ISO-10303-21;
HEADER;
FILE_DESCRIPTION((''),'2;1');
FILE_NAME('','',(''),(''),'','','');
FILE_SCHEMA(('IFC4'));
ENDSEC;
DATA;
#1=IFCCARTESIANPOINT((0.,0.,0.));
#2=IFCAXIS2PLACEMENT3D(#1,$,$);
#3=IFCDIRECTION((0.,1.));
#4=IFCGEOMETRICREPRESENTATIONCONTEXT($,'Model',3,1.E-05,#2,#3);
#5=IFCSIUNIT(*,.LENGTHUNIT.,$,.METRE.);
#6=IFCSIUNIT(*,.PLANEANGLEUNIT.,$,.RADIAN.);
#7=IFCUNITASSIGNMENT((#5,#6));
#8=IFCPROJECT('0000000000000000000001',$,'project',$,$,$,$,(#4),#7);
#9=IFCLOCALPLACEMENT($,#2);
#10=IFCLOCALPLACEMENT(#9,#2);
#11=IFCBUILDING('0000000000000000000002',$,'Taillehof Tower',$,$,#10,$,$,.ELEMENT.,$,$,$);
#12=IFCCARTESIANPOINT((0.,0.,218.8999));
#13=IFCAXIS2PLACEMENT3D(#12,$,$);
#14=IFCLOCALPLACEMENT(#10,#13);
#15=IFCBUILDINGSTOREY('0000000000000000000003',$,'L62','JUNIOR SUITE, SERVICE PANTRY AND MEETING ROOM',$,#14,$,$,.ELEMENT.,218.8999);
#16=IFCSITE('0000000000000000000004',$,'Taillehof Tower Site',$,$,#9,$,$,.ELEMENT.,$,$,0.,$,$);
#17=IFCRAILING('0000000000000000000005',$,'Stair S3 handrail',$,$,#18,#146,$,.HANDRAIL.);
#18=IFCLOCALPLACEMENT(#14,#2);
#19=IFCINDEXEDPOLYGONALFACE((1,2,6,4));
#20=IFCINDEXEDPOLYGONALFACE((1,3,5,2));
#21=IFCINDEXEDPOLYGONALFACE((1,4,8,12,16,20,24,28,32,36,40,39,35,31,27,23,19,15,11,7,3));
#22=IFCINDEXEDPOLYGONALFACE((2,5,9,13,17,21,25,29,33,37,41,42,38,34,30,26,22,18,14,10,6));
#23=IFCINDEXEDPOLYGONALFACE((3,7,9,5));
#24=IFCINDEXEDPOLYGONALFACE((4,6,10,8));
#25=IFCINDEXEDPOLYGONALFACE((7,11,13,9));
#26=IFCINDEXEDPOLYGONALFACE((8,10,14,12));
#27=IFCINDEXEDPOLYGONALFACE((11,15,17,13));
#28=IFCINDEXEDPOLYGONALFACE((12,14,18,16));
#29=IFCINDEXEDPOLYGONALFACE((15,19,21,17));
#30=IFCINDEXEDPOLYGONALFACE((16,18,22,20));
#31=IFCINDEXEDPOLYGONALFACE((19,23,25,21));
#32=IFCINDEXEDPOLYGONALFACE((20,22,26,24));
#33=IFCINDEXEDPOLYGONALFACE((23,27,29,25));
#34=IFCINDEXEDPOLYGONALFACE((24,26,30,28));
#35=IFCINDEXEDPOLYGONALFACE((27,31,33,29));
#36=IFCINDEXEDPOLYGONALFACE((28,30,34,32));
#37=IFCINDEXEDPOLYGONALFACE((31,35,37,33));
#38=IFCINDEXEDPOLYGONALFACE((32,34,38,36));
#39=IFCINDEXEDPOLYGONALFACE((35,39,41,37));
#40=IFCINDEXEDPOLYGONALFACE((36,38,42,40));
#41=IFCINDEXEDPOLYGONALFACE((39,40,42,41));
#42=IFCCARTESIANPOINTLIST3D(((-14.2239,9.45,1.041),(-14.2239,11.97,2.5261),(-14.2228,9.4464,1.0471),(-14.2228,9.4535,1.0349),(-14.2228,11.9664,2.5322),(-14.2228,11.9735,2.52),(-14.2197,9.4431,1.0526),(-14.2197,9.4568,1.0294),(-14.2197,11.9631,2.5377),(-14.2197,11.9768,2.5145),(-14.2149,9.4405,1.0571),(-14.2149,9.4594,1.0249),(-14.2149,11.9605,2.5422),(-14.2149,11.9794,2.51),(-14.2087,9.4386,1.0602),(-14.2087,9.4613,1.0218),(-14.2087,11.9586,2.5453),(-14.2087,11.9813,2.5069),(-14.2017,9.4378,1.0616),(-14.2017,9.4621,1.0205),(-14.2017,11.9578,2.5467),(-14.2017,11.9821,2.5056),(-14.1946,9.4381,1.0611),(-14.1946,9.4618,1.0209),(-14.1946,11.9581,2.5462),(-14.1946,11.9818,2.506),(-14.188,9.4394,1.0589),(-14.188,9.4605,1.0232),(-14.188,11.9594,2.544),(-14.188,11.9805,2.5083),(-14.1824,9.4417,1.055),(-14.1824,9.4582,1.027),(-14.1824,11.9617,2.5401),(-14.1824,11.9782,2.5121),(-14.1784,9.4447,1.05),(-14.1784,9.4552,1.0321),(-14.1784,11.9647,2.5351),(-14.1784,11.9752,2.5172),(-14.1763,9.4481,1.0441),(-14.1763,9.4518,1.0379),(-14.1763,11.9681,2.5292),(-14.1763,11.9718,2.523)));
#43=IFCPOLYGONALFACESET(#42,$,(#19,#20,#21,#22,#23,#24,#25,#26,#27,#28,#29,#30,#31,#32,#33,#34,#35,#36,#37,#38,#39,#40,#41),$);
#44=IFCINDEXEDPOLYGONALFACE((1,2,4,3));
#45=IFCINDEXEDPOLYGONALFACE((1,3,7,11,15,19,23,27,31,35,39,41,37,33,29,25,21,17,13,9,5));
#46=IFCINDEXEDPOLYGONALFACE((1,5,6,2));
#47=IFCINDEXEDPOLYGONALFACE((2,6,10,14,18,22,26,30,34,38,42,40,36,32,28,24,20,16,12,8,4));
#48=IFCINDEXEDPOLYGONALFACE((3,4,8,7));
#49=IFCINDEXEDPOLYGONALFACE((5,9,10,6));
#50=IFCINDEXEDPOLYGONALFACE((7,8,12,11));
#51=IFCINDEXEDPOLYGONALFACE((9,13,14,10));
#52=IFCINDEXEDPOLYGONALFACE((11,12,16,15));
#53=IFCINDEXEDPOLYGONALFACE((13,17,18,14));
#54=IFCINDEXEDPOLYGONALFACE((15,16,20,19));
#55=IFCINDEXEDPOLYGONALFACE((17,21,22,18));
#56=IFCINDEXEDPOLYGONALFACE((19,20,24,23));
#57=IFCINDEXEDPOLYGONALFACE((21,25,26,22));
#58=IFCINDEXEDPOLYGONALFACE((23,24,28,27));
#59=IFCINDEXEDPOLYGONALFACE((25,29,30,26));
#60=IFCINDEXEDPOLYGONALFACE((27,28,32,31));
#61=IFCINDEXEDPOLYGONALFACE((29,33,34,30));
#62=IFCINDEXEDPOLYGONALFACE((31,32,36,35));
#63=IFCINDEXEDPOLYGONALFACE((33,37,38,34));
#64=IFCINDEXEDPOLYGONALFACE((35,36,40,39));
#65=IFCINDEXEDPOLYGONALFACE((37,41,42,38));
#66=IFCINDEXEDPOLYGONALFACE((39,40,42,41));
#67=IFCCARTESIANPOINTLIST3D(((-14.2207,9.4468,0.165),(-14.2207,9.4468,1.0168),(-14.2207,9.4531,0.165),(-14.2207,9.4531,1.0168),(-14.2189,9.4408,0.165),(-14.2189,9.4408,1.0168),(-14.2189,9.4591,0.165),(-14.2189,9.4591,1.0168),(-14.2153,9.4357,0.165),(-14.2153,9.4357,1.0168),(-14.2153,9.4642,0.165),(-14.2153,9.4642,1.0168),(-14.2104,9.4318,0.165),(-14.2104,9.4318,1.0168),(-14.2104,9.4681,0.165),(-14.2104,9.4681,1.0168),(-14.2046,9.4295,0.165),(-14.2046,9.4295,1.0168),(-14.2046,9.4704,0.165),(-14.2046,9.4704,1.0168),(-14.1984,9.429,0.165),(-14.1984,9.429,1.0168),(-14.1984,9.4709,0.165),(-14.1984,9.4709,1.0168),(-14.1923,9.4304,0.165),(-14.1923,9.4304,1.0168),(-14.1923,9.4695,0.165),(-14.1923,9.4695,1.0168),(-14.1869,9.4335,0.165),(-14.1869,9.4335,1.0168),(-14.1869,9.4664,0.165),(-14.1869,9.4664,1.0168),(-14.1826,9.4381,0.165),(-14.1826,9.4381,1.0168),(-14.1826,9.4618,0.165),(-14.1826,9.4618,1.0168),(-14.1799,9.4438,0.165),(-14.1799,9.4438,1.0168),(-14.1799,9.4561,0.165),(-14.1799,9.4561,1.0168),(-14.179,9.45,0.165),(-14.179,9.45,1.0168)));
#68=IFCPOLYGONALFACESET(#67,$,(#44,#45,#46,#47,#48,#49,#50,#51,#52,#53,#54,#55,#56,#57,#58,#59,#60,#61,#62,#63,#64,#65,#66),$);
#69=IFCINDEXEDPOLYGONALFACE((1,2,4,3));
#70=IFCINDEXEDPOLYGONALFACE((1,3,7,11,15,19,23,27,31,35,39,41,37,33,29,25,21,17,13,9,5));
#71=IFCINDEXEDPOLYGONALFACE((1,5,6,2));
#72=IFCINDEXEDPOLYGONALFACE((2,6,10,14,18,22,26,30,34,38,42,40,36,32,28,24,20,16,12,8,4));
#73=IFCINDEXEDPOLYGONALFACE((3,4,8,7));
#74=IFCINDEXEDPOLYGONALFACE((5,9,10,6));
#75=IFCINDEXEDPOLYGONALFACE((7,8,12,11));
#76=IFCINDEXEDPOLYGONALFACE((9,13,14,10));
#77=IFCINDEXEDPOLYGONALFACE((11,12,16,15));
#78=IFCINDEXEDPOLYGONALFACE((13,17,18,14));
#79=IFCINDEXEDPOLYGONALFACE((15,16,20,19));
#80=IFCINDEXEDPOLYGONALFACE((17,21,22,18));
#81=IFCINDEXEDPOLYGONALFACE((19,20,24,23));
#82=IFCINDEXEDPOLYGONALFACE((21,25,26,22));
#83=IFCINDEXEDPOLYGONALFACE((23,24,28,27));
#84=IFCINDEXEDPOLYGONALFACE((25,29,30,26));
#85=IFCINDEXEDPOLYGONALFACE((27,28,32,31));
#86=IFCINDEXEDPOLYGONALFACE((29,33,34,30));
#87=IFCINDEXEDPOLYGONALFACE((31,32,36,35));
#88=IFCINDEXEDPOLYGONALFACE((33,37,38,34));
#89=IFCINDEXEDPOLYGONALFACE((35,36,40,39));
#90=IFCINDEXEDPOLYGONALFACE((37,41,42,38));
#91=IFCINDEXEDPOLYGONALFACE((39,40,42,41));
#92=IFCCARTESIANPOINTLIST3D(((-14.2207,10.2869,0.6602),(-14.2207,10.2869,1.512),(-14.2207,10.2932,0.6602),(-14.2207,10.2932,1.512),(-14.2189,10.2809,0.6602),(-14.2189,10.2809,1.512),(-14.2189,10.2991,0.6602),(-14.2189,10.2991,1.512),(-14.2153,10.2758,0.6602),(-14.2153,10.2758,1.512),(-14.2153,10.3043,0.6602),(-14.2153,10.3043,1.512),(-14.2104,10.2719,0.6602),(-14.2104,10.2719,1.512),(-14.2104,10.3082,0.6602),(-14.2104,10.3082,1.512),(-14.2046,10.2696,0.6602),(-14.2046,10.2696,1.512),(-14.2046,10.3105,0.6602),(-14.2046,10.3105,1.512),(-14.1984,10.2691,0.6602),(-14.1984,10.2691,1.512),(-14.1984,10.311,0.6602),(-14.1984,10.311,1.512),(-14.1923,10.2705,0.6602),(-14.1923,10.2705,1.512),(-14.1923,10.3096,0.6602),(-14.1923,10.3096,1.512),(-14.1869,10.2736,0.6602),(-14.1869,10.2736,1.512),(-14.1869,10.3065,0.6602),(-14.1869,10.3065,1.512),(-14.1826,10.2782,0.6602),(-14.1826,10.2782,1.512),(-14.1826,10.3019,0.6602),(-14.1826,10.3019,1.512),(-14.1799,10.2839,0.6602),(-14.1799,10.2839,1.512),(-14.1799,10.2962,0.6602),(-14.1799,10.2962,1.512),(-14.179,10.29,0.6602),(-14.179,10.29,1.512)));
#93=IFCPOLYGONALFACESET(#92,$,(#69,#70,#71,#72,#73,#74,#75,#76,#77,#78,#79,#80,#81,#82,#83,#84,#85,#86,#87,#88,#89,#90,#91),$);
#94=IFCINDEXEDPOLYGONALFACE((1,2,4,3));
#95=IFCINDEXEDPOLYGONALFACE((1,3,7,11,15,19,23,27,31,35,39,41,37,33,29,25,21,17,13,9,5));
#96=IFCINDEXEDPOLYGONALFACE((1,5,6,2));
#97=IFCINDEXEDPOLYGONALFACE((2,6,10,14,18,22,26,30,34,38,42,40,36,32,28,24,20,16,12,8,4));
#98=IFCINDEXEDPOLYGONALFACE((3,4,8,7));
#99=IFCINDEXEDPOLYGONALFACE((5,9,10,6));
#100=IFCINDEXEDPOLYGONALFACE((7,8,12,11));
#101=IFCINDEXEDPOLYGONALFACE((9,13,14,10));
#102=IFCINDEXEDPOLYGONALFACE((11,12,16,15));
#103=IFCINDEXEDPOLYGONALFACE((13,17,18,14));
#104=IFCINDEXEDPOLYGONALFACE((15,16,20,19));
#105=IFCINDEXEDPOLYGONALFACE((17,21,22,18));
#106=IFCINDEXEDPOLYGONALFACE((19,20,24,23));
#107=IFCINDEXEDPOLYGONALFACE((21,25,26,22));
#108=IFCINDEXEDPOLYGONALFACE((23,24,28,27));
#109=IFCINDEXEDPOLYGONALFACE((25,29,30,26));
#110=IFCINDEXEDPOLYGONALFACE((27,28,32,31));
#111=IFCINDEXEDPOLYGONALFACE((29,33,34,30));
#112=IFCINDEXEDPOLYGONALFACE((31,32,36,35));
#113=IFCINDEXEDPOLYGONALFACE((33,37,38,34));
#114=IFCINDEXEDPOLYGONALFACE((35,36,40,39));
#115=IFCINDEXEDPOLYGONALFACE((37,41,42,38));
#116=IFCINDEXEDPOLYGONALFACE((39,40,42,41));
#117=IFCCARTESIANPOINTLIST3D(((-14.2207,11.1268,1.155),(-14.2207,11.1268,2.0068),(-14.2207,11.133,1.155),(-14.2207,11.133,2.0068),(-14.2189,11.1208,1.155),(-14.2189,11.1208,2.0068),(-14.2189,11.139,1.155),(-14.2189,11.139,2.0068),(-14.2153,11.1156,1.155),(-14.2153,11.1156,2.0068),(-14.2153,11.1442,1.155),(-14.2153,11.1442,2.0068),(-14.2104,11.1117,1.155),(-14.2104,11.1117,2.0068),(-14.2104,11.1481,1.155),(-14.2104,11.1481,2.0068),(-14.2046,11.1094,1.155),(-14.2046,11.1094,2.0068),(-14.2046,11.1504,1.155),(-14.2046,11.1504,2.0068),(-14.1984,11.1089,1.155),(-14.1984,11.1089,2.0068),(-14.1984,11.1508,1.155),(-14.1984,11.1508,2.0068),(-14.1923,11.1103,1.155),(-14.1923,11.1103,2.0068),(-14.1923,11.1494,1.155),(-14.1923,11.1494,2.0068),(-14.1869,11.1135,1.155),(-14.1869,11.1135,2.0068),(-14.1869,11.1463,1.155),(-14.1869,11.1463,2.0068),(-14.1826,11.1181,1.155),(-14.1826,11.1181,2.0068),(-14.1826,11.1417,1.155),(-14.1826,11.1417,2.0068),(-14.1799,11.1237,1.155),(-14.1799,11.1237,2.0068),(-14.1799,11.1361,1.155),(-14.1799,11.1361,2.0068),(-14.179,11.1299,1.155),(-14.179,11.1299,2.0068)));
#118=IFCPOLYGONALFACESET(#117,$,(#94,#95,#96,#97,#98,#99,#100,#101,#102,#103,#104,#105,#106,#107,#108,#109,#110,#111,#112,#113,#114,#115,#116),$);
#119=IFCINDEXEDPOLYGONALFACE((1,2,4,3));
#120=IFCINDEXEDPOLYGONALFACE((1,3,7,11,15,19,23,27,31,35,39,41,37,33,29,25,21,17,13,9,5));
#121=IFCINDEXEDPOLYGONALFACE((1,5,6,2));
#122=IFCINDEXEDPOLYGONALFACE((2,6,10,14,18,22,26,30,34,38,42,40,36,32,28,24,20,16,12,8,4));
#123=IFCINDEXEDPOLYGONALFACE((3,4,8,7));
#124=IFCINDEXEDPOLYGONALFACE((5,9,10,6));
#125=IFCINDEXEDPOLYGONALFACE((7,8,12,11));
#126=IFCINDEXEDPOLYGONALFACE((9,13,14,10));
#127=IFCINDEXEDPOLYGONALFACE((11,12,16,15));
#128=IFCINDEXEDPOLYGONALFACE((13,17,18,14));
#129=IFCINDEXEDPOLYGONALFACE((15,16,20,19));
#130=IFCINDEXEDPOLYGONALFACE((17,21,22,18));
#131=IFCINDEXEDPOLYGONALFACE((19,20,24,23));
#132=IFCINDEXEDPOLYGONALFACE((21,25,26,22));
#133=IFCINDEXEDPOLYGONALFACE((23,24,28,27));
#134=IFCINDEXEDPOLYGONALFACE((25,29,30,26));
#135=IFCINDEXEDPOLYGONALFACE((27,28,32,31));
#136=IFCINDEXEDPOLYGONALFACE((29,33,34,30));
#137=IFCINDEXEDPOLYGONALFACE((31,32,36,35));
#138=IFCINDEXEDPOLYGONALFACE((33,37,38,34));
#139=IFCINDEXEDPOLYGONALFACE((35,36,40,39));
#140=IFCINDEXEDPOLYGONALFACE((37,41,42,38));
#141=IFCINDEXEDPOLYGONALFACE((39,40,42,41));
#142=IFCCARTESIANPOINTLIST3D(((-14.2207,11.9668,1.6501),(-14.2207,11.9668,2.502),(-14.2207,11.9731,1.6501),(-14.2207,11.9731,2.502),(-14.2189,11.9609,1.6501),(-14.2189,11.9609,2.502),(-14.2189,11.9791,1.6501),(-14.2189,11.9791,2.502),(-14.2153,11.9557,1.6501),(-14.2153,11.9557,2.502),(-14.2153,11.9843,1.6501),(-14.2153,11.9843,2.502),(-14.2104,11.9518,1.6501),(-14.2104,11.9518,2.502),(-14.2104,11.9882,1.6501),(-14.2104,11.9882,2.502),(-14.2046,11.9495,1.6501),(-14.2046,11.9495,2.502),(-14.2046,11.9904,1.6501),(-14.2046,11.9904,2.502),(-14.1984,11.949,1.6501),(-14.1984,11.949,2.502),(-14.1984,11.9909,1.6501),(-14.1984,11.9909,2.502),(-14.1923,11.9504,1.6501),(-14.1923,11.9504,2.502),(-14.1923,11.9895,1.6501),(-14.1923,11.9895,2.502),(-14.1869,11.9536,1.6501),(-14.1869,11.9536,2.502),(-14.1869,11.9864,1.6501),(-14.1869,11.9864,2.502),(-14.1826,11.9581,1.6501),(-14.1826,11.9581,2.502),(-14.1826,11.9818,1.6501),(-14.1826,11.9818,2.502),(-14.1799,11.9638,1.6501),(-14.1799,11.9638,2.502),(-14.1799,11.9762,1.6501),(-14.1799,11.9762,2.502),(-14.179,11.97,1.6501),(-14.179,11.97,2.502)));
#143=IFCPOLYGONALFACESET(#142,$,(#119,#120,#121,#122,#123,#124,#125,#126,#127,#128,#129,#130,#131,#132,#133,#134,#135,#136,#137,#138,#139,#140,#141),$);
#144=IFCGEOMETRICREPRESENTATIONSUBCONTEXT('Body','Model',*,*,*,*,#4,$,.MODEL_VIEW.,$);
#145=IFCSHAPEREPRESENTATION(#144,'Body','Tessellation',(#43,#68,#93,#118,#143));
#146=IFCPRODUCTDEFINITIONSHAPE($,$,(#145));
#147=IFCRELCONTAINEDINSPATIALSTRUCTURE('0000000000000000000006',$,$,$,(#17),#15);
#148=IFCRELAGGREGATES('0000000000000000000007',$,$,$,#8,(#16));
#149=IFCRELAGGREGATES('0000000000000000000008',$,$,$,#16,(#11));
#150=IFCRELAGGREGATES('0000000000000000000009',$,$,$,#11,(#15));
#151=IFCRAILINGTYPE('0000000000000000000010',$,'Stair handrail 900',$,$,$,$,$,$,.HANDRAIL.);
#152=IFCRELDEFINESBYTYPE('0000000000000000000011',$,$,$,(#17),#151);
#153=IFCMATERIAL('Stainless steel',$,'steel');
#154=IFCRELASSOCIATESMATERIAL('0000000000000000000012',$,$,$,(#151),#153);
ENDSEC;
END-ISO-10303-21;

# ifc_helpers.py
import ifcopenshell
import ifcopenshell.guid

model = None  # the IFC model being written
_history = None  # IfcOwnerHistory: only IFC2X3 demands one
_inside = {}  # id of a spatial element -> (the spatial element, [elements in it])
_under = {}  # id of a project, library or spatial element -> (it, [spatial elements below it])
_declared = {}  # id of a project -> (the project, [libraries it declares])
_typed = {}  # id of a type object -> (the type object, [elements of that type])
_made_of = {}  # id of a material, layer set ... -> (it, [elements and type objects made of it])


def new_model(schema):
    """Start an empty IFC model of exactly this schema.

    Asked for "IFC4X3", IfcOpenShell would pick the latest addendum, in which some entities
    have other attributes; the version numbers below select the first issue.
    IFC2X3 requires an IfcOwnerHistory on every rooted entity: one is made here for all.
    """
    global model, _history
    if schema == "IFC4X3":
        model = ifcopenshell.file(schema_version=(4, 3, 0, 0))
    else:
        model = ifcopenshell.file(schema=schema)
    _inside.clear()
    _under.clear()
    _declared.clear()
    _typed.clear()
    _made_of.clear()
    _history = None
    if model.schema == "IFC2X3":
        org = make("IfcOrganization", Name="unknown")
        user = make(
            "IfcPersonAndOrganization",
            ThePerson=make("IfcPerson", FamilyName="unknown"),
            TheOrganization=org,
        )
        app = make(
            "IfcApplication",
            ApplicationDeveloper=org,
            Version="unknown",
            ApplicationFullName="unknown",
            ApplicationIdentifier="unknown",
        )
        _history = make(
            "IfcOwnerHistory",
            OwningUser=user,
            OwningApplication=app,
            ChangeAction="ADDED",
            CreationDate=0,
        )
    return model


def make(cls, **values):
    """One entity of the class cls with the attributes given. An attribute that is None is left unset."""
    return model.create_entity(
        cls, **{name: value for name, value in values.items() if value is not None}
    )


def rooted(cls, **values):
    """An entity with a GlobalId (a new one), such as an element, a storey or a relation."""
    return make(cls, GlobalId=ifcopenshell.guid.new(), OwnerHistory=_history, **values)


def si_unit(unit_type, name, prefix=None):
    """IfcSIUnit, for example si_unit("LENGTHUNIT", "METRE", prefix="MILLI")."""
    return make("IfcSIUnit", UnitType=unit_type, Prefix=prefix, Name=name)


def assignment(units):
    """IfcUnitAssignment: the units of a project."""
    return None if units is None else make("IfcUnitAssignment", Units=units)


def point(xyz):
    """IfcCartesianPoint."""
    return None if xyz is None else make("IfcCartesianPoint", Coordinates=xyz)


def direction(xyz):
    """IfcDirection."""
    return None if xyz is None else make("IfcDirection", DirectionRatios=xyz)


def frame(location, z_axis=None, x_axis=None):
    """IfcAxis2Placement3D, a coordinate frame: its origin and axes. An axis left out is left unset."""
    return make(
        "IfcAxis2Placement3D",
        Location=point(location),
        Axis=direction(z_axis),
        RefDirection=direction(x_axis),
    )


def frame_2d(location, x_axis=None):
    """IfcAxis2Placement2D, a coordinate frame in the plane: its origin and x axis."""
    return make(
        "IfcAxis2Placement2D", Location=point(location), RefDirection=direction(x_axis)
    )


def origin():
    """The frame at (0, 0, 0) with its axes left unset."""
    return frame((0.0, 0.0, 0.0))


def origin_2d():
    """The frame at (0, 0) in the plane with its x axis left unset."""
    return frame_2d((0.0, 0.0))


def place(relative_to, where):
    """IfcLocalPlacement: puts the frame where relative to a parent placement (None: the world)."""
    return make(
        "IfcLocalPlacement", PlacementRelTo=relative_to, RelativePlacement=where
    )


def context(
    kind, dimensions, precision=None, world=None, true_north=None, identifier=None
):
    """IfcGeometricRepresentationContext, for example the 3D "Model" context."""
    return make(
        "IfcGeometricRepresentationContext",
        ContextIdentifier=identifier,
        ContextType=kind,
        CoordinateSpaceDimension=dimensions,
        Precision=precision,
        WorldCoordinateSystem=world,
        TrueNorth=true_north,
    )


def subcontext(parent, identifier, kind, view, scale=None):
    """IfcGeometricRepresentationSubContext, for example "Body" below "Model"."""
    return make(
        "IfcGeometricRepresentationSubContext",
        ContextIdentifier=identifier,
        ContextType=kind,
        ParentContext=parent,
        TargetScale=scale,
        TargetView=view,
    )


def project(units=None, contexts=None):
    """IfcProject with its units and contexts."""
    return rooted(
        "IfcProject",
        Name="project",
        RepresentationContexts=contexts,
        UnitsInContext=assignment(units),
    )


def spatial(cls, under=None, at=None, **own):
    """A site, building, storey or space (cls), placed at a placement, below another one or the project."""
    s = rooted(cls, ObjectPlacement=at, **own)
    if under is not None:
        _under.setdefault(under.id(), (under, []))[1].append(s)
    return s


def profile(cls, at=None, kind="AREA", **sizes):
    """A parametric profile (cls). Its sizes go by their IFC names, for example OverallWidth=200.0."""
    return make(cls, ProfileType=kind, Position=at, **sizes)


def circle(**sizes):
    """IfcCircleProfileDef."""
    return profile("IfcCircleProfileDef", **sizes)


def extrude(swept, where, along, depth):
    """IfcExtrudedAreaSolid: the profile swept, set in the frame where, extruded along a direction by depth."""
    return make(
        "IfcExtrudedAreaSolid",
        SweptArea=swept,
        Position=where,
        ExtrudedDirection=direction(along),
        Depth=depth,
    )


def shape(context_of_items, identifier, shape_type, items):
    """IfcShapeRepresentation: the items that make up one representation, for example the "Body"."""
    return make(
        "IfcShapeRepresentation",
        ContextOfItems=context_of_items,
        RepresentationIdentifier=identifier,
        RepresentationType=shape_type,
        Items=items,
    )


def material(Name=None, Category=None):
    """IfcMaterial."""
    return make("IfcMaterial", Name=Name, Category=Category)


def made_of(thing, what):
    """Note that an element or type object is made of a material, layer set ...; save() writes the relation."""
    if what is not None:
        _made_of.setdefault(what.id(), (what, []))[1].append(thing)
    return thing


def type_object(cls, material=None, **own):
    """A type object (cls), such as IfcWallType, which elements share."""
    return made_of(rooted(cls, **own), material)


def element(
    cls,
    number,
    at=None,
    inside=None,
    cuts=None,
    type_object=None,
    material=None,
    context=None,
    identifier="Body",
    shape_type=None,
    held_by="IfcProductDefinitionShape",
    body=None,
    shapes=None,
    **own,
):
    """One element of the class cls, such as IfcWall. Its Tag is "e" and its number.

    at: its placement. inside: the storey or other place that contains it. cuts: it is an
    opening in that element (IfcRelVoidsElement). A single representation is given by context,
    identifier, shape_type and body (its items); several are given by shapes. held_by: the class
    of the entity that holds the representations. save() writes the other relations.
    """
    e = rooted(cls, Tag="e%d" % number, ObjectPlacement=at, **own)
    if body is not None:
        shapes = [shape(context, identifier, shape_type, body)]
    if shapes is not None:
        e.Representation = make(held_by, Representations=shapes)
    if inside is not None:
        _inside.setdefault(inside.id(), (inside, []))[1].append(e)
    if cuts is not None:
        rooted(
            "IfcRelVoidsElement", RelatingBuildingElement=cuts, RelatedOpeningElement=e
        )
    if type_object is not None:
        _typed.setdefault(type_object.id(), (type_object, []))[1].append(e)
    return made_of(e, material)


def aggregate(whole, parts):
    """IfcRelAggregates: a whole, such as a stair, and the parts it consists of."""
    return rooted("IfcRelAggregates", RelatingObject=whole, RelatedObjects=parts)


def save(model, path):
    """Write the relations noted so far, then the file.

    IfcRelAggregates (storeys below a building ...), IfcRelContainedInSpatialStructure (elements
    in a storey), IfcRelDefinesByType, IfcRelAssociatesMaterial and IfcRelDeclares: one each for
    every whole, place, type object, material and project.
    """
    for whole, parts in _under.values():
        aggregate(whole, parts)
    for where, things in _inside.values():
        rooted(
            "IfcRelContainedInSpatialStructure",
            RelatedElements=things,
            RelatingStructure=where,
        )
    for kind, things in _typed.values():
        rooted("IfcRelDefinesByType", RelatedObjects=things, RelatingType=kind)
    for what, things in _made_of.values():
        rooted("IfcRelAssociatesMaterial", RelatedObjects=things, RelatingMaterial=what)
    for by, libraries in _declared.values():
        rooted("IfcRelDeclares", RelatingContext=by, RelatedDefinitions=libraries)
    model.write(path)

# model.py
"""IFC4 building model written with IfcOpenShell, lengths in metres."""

from ifc_helpers import new_model, si_unit, direction, frame, origin, origin_2d, place, context, subcontext, project, spatial, circle, extrude, material, type_object, element, save


model = new_model("IFC4")

# Units and contexts
model_context = context("Model", 3, precision=1e-05, world=origin(), true_north=direction((0.0, 1.0)))
body_context = subcontext(model_context, "Body", "Model", "MODEL_VIEW")
ifc_project = project(units=[si_unit("LENGTHUNIT", "METRE"), si_unit("PLANEANGLEUNIT", "RADIAN")], contexts=[model_context])

# Site, building, storey
site_placement = place(None, origin())
site = spatial("IfcSite", under=ifc_project, at=site_placement, Name="Taillehof Tower Site", CompositionType="ELEMENT", RefElevation=0.0)
building_placement = place(site_placement, origin())
building = spatial("IfcBuilding", under=site, at=building_placement, Name="Taillehof Tower", CompositionType="ELEMENT")
storey_placement = place(building_placement, frame((0.0, 0.0, 218.8999)))
storey = spatial("IfcBuildingStorey", under=building, at=storey_placement, Name="L62", Description="JUNIOR SUITE, SERVICE PANTRY AND MEETING ROOM", CompositionType="ELEMENT", Elevation=218.8999)

# Railing
ifc_material_1 = material(Name="Stainless steel", Category="steel")
railing_type = type_object("IfcRailingType", Name="Stair handrail 900", PredefinedType="HANDRAIL", material=ifc_material_1)
railing_placement = place(storey_placement, frame((-14.2, 9.45, 0.165)))
element("IfcRailing", 1, at=railing_placement, inside=storey, type_object=railing_type, Name="Stair S3 handrail", PredefinedType="HANDRAIL", context=body_context, shape_type="SweptSolid", body=[
    extrude(circle(Radius=0.0239, at=origin_2d()), frame((0.0, 0.0, 0.876), z_axis=(0.0, 0.861524, 0.507717), x_axis=(-1.0, 0.0, 0.0)), (0.0, 0.0, 1.0), 2.925),
    extrude(circle(Radius=0.021, at=origin_2d()), origin(), (0.0, 0.0, 1.0), 0.8518),
    extrude(circle(Radius=0.021, at=origin_2d()), frame((0.0, 0.8401, 0.4951)), (0.0, 0.0, 1.0), 0.8518),
    extrude(circle(Radius=0.021, at=origin_2d()), frame((0.0, 1.6799, 0.99)), (0.0, 0.0, 1.0), 0.8518),
    extrude(circle(Radius=0.021, at=origin_2d()), frame((0.0, 2.52, 1.4851)), (0.0, 0.0, 1.0), 0.8518),
])

save(model, "model.ifc")
